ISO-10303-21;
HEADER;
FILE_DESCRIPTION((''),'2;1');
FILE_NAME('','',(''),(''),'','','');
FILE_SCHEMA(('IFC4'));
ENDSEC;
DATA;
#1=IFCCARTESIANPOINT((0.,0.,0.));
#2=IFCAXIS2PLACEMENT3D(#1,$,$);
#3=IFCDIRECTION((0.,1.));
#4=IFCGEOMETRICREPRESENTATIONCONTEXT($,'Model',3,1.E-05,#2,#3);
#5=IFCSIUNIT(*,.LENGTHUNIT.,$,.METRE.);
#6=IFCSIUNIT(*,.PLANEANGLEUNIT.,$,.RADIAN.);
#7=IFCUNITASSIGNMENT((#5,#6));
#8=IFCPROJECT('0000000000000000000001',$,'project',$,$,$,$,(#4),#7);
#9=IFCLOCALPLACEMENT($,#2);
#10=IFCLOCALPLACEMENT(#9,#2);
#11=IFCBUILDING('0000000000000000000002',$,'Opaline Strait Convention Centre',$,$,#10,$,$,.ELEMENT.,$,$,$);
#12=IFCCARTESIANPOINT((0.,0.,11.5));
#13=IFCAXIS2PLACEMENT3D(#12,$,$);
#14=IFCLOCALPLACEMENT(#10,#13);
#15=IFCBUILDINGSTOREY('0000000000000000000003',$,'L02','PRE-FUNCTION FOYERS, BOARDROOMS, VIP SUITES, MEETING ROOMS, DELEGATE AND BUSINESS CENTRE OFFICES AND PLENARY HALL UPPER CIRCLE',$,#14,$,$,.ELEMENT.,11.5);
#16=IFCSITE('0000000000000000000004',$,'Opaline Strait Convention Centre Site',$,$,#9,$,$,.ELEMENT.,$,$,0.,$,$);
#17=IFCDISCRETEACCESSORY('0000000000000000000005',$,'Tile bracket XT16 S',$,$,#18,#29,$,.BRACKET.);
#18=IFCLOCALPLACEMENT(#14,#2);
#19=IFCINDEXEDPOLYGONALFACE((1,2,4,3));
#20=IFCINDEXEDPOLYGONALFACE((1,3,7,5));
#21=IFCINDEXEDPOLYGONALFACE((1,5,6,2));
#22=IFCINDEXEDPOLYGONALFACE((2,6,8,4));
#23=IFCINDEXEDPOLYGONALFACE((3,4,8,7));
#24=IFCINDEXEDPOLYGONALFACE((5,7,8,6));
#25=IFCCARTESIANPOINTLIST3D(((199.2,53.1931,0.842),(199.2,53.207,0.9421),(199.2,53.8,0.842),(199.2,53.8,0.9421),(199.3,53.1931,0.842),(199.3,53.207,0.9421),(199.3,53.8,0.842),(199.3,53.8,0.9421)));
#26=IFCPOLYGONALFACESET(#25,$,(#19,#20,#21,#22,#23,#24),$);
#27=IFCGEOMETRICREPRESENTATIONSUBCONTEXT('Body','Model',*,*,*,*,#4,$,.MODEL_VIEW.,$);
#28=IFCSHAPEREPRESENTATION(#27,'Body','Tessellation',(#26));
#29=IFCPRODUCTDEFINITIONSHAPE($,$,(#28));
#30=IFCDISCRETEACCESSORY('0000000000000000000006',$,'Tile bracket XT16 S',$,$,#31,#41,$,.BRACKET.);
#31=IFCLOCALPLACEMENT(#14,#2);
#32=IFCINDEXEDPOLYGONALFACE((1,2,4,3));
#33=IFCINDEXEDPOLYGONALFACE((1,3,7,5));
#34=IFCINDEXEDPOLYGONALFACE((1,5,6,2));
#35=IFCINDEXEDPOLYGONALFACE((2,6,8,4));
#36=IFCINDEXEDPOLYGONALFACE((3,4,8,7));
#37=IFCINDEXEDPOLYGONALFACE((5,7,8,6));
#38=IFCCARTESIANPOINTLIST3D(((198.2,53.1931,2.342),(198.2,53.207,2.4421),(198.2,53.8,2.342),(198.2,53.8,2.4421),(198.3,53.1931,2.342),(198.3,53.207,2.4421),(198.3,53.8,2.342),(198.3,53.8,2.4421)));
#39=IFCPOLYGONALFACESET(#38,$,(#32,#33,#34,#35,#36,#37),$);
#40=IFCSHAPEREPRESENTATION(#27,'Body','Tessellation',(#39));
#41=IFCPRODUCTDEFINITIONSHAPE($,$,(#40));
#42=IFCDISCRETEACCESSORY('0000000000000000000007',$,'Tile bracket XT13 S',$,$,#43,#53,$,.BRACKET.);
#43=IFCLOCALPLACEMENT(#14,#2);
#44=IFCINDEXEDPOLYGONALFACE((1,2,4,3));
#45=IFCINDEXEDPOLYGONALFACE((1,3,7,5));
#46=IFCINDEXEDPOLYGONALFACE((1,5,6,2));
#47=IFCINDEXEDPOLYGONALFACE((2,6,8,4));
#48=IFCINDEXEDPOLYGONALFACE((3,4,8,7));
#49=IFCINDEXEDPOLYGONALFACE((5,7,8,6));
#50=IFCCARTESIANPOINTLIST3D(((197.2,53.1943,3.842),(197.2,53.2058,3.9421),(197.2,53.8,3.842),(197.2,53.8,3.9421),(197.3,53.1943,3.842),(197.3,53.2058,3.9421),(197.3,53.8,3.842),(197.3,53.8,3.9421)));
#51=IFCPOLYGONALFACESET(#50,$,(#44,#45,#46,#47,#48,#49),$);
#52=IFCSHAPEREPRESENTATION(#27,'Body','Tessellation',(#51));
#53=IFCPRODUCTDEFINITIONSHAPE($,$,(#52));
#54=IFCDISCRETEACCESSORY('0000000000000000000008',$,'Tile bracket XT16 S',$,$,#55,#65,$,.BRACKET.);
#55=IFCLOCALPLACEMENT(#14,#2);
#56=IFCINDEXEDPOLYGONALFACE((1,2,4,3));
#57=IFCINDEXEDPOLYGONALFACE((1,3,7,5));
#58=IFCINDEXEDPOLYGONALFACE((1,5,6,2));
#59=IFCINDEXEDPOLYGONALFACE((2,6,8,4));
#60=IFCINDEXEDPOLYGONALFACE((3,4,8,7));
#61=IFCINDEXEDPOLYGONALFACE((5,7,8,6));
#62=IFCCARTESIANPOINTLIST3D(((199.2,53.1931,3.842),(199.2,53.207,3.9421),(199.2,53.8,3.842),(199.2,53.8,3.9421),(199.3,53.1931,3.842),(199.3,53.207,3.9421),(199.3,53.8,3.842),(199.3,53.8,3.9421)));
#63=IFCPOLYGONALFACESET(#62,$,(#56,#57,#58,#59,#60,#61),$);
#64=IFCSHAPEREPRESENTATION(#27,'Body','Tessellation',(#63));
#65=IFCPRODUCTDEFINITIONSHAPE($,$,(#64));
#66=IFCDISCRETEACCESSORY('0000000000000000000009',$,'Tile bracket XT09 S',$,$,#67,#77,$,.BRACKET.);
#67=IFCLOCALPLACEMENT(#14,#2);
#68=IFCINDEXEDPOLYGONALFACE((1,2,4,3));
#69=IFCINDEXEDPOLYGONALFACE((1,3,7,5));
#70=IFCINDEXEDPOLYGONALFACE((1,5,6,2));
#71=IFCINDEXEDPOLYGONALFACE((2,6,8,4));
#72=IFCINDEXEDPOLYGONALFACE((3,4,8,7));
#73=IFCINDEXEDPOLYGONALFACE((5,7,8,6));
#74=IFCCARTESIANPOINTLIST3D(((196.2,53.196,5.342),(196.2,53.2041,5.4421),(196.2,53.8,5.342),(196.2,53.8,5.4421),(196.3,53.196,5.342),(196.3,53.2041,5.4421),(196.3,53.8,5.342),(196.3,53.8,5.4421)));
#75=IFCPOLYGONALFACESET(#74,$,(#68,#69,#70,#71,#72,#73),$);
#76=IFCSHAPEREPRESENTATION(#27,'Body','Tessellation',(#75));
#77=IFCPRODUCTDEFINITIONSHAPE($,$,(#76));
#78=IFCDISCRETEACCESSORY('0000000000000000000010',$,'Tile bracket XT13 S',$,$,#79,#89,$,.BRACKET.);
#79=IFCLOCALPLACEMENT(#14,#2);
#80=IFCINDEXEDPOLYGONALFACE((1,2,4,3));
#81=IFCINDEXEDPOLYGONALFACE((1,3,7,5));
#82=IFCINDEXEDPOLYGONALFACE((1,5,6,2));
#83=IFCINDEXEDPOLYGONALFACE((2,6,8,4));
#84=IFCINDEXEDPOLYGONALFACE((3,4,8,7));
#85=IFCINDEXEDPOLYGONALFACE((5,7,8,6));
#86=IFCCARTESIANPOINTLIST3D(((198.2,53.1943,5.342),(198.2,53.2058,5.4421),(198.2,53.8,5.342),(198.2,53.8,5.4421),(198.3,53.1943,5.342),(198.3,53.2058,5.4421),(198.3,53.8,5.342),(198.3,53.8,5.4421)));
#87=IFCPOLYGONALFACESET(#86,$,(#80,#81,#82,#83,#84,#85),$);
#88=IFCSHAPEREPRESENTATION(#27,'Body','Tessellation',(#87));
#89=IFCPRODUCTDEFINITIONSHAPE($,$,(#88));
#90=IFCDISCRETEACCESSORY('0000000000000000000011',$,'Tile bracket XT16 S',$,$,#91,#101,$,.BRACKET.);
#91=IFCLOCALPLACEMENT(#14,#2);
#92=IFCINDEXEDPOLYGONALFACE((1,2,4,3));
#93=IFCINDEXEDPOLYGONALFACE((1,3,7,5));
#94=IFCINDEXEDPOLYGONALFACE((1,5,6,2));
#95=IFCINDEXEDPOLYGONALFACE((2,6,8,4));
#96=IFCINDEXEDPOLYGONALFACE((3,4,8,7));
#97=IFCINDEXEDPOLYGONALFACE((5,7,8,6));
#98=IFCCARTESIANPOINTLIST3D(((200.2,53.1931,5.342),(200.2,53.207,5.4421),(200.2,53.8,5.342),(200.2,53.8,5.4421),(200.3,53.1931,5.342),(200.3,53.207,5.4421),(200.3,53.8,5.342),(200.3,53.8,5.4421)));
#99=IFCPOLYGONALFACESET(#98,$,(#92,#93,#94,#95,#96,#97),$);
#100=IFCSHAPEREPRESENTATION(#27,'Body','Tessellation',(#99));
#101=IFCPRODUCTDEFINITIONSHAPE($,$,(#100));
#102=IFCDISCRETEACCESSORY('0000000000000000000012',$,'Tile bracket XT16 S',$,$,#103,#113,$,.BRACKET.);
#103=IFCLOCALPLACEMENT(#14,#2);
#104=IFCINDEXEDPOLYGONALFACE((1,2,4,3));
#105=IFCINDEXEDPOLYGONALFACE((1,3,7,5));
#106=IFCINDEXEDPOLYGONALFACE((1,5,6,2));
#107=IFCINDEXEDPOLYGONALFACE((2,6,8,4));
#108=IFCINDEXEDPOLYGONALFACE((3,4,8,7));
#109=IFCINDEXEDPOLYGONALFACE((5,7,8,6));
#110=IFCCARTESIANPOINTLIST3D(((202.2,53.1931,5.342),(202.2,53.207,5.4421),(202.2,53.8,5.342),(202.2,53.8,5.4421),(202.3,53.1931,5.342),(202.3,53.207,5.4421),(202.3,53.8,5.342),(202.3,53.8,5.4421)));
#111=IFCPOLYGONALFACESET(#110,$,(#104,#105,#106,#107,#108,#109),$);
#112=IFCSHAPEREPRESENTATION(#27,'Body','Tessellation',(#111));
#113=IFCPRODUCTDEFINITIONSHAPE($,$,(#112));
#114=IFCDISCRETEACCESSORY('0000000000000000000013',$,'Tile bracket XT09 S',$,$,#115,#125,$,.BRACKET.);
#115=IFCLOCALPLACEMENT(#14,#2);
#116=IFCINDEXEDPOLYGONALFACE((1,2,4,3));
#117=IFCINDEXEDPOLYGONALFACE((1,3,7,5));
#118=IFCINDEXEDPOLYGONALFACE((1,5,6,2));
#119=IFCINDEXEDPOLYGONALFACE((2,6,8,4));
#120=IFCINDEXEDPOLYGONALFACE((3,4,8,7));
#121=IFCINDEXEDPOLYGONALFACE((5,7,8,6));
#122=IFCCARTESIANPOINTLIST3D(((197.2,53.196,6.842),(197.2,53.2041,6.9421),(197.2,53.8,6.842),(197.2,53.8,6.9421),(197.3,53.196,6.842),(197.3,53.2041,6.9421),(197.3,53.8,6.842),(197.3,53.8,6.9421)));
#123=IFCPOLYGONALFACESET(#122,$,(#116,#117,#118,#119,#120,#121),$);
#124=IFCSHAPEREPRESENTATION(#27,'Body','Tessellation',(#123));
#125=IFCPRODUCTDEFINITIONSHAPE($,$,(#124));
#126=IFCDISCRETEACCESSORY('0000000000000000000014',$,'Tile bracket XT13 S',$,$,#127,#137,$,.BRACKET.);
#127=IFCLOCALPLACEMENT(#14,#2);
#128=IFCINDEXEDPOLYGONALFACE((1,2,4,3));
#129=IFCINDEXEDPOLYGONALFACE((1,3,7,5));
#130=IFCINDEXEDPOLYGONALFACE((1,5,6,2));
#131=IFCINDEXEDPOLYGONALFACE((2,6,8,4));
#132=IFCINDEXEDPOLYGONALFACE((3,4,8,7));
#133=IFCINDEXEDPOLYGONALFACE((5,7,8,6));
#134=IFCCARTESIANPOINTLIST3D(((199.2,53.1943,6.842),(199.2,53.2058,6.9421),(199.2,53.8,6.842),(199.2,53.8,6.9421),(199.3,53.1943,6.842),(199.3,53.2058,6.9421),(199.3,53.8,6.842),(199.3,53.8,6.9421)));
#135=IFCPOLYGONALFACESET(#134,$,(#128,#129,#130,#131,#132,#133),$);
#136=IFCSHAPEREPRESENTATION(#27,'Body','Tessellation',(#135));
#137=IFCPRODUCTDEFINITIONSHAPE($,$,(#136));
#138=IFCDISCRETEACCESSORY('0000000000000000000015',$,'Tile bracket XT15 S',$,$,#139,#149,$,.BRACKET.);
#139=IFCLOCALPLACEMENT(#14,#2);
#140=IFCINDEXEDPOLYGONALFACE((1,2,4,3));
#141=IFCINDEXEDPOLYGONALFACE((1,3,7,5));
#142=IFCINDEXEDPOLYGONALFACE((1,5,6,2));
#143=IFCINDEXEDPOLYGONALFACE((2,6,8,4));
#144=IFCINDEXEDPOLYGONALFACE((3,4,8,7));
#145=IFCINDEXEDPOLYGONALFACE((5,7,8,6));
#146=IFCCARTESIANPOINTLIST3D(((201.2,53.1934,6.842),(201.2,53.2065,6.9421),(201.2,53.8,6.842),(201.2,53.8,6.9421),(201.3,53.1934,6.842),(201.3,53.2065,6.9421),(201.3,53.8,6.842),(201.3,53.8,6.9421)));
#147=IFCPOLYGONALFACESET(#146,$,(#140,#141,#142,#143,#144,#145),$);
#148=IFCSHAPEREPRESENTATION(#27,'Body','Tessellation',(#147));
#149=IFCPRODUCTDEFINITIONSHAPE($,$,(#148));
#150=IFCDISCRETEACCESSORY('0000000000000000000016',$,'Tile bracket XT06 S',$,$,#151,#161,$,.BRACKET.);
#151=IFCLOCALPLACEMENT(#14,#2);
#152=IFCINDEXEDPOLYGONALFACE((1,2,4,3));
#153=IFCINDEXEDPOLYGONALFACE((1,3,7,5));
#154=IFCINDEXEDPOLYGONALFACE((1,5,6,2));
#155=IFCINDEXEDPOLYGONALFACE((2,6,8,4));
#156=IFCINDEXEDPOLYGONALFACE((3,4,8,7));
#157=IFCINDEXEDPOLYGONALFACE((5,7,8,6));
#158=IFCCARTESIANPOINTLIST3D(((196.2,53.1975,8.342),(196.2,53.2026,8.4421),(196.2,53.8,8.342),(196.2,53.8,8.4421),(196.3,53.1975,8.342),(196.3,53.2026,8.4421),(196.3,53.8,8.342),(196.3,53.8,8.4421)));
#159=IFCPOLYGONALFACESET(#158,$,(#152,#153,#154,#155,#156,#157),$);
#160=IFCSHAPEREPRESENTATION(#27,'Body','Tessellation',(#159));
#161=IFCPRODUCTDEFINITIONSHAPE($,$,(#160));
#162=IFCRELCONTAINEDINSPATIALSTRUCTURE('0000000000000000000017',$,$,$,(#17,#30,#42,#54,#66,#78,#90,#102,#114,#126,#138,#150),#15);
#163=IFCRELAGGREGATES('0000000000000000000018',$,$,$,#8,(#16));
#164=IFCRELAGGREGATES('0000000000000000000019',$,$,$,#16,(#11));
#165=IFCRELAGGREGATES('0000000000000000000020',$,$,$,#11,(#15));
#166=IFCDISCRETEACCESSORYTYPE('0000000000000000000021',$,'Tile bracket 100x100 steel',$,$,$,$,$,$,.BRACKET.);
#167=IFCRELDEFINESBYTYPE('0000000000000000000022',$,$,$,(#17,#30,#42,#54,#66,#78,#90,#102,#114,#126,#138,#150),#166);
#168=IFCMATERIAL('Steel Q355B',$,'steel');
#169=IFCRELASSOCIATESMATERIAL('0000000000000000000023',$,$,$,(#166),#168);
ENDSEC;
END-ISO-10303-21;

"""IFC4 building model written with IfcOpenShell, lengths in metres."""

from ifc_helpers import new_model, si_unit, direction, frame, origin, place, context, subcontext, project, spatial, polyline, outline, extrude, material, type_object, element, save


model = new_model("IFC4")

# Units and contexts
model_context = context("Model", 3, precision=1e-05, world=origin(), true_north=direction((0.0, 1.0)))
body_context = subcontext(model_context, "Body", "Model", "MODEL_VIEW")
ifc_project = project(units=[si_unit("LENGTHUNIT", "METRE"), si_unit("PLANEANGLEUNIT", "RADIAN")], contexts=[model_context])

# Site, building, storey
site_placement = place(None, origin())
site = spatial("IfcSite", under=ifc_project, at=site_placement, Name="Opaline Strait Convention Centre Site", CompositionType="ELEMENT", RefElevation=0.0)
building_placement = place(site_placement, origin())
building = spatial("IfcBuilding", under=site, at=building_placement, Name="Opaline Strait Convention Centre", CompositionType="ELEMENT")
storey_placement = place(building_placement, frame((0.0, 0.0, 11.5)))
storey = spatial("IfcBuildingStorey", under=building, at=storey_placement, Name="L02", Description="PRE-FUNCTION FOYERS, BOARDROOMS, VIP SUITES, MEETING ROOMS, DELEGATE AND BUSINESS CENTRE OFFICES AND PLENARY HALL UPPER CIRCLE", CompositionType="ELEMENT", Elevation=11.5)

# Discrete accessories
ifc_material_1 = material(Name="Steel Q355B", Category="steel")
discrete_accessory_type = type_object("IfcDiscreteAccessoryType", Name="Tile bracket 100x100 steel", PredefinedType="BRACKET", material=ifc_material_1)
for number, where, z_axis, x_axis, name in (
    (1, (199.2, 53.8, 0.8921), (1.0, 0.0, 0.0), (0.0, 1.0, 0.0), "Tile bracket XT16 S"),
    (2, (198.2, 53.8, 2.3921), (1.0, 0.0, 0.0), (0.0, 1.0, 0.0), "Tile bracket XT16 S"),
):
    element("IfcDiscreteAccessory", number, at=place(storey_placement, frame(where, z_axis=z_axis, x_axis=x_axis)), inside=storey, type_object=discrete_accessory_type, Name=name, PredefinedType="BRACKET", context=body_context, shape_type="SweptSolid", body=[
        extrude(outline(polyline([(0.0, -0.05), (0.0, 0.05), (-0.593, 0.05), (-0.6069, -0.05), (0.0, -0.05)])), origin(), (0.0, 0.0, 1.0), 0.1001),
    ])
discrete_accessory_1_placement = place(storey_placement, frame((197.2, 53.8, 3.8921), z_axis=(1.0, 0.0, 0.0), x_axis=(0.0, 1.0, 0.0)))
element("IfcDiscreteAccessory", 3, at=discrete_accessory_1_placement, inside=storey, type_object=discrete_accessory_type, Name="Tile bracket XT13 S", PredefinedType="BRACKET", context=body_context, shape_type="SweptSolid", body=[
    extrude(outline(polyline([(0.0, -0.05), (0.0, 0.05), (-0.5942, 0.05), (-0.6057, -0.05), (0.0, -0.05)])), origin(), (0.0, 0.0, 1.0), 0.1001),
])
discrete_accessory_2_placement = place(storey_placement, frame((199.2, 53.8, 3.8921), z_axis=(1.0, 0.0, 0.0), x_axis=(0.0, 1.0, 0.0)))
element("IfcDiscreteAccessory", 4, at=discrete_accessory_2_placement, inside=storey, type_object=discrete_accessory_type, Name="Tile bracket XT16 S", PredefinedType="BRACKET", context=body_context, shape_type="SweptSolid", body=[
    extrude(outline(polyline([(0.0, -0.05), (0.0, 0.05), (-0.593, 0.05), (-0.6069, -0.05), (0.0, -0.05)])), origin(), (0.0, 0.0, 1.0), 0.1001),
])
discrete_accessory_3_placement = place(storey_placement, frame((196.2, 53.8, 5.3921), z_axis=(1.0, 0.0, 0.0), x_axis=(0.0, 1.0, 0.0)))
element("IfcDiscreteAccessory", 5, at=discrete_accessory_3_placement, inside=storey, type_object=discrete_accessory_type, Name="Tile bracket XT09 S", PredefinedType="BRACKET", context=body_context, shape_type="SweptSolid", body=[
    extrude(outline(polyline([(0.0, -0.05), (0.0, 0.05), (-0.5959, 0.05), (-0.604, -0.05), (0.0, -0.05)])), origin(), (0.0, 0.0, 1.0), 0.1001),
])
discrete_accessory_4_placement = place(storey_placement, frame((198.2, 53.8, 5.3921), z_axis=(1.0, 0.0, 0.0), x_axis=(0.0, 1.0, 0.0)))
element("IfcDiscreteAccessory", 6, at=discrete_accessory_4_placement, inside=storey, type_object=discrete_accessory_type, Name="Tile bracket XT13 S", PredefinedType="BRACKET", context=body_context, shape_type="SweptSolid", body=[
    extrude(outline(polyline([(0.0, -0.05), (0.0, 0.05), (-0.5942, 0.05), (-0.6057, -0.05), (0.0, -0.05)])), origin(), (0.0, 0.0, 1.0), 0.1001),
])
for number, where, z_axis, x_axis, name in (
    (7, (200.2, 53.8, 5.3921), (1.0, 0.0, 0.0), (0.0, 1.0, 0.0), "Tile bracket XT16 S"),
    (8, (202.2, 53.8, 5.3921), (1.0, 0.0, 0.0), (0.0, 1.0, 0.0), "Tile bracket XT16 S"),
):
    element("IfcDiscreteAccessory", number, at=place(storey_placement, frame(where, z_axis=z_axis, x_axis=x_axis)), inside=storey, type_object=discrete_accessory_type, Name=name, PredefinedType="BRACKET", context=body_context, shape_type="SweptSolid", body=[
        extrude(outline(polyline([(0.0, -0.05), (0.0, 0.05), (-0.593, 0.05), (-0.6069, -0.05), (0.0, -0.05)])), origin(), (0.0, 0.0, 1.0), 0.1001),
    ])
discrete_accessory_5_placement = place(storey_placement, frame((197.2, 53.8, 6.8921), z_axis=(1.0, 0.0, 0.0), x_axis=(0.0, 1.0, 0.0)))
element("IfcDiscreteAccessory", 9, at=discrete_accessory_5_placement, inside=storey, type_object=discrete_accessory_type, Name="Tile bracket XT09 S", PredefinedType="BRACKET", context=body_context, shape_type="SweptSolid", body=[
    extrude(outline(polyline([(0.0, -0.05), (0.0, 0.05), (-0.5959, 0.05), (-0.604, -0.05), (0.0, -0.05)])), origin(), (0.0, 0.0, 1.0), 0.1001),
])
discrete_accessory_6_placement = place(storey_placement, frame((199.2, 53.8, 6.8921), z_axis=(1.0, 0.0, 0.0), x_axis=(0.0, 1.0, 0.0)))
element("IfcDiscreteAccessory", 10, at=discrete_accessory_6_placement, inside=storey, type_object=discrete_accessory_type, Name="Tile bracket XT13 S", PredefinedType="BRACKET", context=body_context, shape_type="SweptSolid", body=[
    extrude(outline(polyline([(0.0, -0.05), (0.0, 0.05), (-0.5942, 0.05), (-0.6057, -0.05), (0.0, -0.05)])), origin(), (0.0, 0.0, 1.0), 0.1001),
])
discrete_accessory_7_placement = place(storey_placement, frame((201.2, 53.8, 6.8921), z_axis=(1.0, 0.0, 0.0), x_axis=(0.0, 1.0, 0.0)))
element("IfcDiscreteAccessory", 11, at=discrete_accessory_7_placement, inside=storey, type_object=discrete_accessory_type, Name="Tile bracket XT15 S", PredefinedType="BRACKET", context=body_context, shape_type="SweptSolid", body=[
    extrude(outline(polyline([(0.0, -0.05), (0.0, 0.05), (-0.5935, 0.05), (-0.6067, -0.05), (0.0, -0.05)])), origin(), (0.0, 0.0, 1.0), 0.1001),
])
discrete_accessory_8_placement = place(storey_placement, frame((196.2, 53.8, 8.3921), z_axis=(1.0, 0.0, 0.0), x_axis=(0.0, 1.0, 0.0)))
element("IfcDiscreteAccessory", 12, at=discrete_accessory_8_placement, inside=storey, type_object=discrete_accessory_type, Name="Tile bracket XT06 S", PredefinedType="BRACKET", context=body_context, shape_type="SweptSolid", body=[
    extrude(outline(polyline([(0.0, -0.05), (0.0, 0.05), (-0.5974, 0.05), (-0.6025, -0.05), (0.0, -0.05)])), origin(), (0.0, 0.0, 1.0), 0.1001),
])

save(model, "model.ifc")
